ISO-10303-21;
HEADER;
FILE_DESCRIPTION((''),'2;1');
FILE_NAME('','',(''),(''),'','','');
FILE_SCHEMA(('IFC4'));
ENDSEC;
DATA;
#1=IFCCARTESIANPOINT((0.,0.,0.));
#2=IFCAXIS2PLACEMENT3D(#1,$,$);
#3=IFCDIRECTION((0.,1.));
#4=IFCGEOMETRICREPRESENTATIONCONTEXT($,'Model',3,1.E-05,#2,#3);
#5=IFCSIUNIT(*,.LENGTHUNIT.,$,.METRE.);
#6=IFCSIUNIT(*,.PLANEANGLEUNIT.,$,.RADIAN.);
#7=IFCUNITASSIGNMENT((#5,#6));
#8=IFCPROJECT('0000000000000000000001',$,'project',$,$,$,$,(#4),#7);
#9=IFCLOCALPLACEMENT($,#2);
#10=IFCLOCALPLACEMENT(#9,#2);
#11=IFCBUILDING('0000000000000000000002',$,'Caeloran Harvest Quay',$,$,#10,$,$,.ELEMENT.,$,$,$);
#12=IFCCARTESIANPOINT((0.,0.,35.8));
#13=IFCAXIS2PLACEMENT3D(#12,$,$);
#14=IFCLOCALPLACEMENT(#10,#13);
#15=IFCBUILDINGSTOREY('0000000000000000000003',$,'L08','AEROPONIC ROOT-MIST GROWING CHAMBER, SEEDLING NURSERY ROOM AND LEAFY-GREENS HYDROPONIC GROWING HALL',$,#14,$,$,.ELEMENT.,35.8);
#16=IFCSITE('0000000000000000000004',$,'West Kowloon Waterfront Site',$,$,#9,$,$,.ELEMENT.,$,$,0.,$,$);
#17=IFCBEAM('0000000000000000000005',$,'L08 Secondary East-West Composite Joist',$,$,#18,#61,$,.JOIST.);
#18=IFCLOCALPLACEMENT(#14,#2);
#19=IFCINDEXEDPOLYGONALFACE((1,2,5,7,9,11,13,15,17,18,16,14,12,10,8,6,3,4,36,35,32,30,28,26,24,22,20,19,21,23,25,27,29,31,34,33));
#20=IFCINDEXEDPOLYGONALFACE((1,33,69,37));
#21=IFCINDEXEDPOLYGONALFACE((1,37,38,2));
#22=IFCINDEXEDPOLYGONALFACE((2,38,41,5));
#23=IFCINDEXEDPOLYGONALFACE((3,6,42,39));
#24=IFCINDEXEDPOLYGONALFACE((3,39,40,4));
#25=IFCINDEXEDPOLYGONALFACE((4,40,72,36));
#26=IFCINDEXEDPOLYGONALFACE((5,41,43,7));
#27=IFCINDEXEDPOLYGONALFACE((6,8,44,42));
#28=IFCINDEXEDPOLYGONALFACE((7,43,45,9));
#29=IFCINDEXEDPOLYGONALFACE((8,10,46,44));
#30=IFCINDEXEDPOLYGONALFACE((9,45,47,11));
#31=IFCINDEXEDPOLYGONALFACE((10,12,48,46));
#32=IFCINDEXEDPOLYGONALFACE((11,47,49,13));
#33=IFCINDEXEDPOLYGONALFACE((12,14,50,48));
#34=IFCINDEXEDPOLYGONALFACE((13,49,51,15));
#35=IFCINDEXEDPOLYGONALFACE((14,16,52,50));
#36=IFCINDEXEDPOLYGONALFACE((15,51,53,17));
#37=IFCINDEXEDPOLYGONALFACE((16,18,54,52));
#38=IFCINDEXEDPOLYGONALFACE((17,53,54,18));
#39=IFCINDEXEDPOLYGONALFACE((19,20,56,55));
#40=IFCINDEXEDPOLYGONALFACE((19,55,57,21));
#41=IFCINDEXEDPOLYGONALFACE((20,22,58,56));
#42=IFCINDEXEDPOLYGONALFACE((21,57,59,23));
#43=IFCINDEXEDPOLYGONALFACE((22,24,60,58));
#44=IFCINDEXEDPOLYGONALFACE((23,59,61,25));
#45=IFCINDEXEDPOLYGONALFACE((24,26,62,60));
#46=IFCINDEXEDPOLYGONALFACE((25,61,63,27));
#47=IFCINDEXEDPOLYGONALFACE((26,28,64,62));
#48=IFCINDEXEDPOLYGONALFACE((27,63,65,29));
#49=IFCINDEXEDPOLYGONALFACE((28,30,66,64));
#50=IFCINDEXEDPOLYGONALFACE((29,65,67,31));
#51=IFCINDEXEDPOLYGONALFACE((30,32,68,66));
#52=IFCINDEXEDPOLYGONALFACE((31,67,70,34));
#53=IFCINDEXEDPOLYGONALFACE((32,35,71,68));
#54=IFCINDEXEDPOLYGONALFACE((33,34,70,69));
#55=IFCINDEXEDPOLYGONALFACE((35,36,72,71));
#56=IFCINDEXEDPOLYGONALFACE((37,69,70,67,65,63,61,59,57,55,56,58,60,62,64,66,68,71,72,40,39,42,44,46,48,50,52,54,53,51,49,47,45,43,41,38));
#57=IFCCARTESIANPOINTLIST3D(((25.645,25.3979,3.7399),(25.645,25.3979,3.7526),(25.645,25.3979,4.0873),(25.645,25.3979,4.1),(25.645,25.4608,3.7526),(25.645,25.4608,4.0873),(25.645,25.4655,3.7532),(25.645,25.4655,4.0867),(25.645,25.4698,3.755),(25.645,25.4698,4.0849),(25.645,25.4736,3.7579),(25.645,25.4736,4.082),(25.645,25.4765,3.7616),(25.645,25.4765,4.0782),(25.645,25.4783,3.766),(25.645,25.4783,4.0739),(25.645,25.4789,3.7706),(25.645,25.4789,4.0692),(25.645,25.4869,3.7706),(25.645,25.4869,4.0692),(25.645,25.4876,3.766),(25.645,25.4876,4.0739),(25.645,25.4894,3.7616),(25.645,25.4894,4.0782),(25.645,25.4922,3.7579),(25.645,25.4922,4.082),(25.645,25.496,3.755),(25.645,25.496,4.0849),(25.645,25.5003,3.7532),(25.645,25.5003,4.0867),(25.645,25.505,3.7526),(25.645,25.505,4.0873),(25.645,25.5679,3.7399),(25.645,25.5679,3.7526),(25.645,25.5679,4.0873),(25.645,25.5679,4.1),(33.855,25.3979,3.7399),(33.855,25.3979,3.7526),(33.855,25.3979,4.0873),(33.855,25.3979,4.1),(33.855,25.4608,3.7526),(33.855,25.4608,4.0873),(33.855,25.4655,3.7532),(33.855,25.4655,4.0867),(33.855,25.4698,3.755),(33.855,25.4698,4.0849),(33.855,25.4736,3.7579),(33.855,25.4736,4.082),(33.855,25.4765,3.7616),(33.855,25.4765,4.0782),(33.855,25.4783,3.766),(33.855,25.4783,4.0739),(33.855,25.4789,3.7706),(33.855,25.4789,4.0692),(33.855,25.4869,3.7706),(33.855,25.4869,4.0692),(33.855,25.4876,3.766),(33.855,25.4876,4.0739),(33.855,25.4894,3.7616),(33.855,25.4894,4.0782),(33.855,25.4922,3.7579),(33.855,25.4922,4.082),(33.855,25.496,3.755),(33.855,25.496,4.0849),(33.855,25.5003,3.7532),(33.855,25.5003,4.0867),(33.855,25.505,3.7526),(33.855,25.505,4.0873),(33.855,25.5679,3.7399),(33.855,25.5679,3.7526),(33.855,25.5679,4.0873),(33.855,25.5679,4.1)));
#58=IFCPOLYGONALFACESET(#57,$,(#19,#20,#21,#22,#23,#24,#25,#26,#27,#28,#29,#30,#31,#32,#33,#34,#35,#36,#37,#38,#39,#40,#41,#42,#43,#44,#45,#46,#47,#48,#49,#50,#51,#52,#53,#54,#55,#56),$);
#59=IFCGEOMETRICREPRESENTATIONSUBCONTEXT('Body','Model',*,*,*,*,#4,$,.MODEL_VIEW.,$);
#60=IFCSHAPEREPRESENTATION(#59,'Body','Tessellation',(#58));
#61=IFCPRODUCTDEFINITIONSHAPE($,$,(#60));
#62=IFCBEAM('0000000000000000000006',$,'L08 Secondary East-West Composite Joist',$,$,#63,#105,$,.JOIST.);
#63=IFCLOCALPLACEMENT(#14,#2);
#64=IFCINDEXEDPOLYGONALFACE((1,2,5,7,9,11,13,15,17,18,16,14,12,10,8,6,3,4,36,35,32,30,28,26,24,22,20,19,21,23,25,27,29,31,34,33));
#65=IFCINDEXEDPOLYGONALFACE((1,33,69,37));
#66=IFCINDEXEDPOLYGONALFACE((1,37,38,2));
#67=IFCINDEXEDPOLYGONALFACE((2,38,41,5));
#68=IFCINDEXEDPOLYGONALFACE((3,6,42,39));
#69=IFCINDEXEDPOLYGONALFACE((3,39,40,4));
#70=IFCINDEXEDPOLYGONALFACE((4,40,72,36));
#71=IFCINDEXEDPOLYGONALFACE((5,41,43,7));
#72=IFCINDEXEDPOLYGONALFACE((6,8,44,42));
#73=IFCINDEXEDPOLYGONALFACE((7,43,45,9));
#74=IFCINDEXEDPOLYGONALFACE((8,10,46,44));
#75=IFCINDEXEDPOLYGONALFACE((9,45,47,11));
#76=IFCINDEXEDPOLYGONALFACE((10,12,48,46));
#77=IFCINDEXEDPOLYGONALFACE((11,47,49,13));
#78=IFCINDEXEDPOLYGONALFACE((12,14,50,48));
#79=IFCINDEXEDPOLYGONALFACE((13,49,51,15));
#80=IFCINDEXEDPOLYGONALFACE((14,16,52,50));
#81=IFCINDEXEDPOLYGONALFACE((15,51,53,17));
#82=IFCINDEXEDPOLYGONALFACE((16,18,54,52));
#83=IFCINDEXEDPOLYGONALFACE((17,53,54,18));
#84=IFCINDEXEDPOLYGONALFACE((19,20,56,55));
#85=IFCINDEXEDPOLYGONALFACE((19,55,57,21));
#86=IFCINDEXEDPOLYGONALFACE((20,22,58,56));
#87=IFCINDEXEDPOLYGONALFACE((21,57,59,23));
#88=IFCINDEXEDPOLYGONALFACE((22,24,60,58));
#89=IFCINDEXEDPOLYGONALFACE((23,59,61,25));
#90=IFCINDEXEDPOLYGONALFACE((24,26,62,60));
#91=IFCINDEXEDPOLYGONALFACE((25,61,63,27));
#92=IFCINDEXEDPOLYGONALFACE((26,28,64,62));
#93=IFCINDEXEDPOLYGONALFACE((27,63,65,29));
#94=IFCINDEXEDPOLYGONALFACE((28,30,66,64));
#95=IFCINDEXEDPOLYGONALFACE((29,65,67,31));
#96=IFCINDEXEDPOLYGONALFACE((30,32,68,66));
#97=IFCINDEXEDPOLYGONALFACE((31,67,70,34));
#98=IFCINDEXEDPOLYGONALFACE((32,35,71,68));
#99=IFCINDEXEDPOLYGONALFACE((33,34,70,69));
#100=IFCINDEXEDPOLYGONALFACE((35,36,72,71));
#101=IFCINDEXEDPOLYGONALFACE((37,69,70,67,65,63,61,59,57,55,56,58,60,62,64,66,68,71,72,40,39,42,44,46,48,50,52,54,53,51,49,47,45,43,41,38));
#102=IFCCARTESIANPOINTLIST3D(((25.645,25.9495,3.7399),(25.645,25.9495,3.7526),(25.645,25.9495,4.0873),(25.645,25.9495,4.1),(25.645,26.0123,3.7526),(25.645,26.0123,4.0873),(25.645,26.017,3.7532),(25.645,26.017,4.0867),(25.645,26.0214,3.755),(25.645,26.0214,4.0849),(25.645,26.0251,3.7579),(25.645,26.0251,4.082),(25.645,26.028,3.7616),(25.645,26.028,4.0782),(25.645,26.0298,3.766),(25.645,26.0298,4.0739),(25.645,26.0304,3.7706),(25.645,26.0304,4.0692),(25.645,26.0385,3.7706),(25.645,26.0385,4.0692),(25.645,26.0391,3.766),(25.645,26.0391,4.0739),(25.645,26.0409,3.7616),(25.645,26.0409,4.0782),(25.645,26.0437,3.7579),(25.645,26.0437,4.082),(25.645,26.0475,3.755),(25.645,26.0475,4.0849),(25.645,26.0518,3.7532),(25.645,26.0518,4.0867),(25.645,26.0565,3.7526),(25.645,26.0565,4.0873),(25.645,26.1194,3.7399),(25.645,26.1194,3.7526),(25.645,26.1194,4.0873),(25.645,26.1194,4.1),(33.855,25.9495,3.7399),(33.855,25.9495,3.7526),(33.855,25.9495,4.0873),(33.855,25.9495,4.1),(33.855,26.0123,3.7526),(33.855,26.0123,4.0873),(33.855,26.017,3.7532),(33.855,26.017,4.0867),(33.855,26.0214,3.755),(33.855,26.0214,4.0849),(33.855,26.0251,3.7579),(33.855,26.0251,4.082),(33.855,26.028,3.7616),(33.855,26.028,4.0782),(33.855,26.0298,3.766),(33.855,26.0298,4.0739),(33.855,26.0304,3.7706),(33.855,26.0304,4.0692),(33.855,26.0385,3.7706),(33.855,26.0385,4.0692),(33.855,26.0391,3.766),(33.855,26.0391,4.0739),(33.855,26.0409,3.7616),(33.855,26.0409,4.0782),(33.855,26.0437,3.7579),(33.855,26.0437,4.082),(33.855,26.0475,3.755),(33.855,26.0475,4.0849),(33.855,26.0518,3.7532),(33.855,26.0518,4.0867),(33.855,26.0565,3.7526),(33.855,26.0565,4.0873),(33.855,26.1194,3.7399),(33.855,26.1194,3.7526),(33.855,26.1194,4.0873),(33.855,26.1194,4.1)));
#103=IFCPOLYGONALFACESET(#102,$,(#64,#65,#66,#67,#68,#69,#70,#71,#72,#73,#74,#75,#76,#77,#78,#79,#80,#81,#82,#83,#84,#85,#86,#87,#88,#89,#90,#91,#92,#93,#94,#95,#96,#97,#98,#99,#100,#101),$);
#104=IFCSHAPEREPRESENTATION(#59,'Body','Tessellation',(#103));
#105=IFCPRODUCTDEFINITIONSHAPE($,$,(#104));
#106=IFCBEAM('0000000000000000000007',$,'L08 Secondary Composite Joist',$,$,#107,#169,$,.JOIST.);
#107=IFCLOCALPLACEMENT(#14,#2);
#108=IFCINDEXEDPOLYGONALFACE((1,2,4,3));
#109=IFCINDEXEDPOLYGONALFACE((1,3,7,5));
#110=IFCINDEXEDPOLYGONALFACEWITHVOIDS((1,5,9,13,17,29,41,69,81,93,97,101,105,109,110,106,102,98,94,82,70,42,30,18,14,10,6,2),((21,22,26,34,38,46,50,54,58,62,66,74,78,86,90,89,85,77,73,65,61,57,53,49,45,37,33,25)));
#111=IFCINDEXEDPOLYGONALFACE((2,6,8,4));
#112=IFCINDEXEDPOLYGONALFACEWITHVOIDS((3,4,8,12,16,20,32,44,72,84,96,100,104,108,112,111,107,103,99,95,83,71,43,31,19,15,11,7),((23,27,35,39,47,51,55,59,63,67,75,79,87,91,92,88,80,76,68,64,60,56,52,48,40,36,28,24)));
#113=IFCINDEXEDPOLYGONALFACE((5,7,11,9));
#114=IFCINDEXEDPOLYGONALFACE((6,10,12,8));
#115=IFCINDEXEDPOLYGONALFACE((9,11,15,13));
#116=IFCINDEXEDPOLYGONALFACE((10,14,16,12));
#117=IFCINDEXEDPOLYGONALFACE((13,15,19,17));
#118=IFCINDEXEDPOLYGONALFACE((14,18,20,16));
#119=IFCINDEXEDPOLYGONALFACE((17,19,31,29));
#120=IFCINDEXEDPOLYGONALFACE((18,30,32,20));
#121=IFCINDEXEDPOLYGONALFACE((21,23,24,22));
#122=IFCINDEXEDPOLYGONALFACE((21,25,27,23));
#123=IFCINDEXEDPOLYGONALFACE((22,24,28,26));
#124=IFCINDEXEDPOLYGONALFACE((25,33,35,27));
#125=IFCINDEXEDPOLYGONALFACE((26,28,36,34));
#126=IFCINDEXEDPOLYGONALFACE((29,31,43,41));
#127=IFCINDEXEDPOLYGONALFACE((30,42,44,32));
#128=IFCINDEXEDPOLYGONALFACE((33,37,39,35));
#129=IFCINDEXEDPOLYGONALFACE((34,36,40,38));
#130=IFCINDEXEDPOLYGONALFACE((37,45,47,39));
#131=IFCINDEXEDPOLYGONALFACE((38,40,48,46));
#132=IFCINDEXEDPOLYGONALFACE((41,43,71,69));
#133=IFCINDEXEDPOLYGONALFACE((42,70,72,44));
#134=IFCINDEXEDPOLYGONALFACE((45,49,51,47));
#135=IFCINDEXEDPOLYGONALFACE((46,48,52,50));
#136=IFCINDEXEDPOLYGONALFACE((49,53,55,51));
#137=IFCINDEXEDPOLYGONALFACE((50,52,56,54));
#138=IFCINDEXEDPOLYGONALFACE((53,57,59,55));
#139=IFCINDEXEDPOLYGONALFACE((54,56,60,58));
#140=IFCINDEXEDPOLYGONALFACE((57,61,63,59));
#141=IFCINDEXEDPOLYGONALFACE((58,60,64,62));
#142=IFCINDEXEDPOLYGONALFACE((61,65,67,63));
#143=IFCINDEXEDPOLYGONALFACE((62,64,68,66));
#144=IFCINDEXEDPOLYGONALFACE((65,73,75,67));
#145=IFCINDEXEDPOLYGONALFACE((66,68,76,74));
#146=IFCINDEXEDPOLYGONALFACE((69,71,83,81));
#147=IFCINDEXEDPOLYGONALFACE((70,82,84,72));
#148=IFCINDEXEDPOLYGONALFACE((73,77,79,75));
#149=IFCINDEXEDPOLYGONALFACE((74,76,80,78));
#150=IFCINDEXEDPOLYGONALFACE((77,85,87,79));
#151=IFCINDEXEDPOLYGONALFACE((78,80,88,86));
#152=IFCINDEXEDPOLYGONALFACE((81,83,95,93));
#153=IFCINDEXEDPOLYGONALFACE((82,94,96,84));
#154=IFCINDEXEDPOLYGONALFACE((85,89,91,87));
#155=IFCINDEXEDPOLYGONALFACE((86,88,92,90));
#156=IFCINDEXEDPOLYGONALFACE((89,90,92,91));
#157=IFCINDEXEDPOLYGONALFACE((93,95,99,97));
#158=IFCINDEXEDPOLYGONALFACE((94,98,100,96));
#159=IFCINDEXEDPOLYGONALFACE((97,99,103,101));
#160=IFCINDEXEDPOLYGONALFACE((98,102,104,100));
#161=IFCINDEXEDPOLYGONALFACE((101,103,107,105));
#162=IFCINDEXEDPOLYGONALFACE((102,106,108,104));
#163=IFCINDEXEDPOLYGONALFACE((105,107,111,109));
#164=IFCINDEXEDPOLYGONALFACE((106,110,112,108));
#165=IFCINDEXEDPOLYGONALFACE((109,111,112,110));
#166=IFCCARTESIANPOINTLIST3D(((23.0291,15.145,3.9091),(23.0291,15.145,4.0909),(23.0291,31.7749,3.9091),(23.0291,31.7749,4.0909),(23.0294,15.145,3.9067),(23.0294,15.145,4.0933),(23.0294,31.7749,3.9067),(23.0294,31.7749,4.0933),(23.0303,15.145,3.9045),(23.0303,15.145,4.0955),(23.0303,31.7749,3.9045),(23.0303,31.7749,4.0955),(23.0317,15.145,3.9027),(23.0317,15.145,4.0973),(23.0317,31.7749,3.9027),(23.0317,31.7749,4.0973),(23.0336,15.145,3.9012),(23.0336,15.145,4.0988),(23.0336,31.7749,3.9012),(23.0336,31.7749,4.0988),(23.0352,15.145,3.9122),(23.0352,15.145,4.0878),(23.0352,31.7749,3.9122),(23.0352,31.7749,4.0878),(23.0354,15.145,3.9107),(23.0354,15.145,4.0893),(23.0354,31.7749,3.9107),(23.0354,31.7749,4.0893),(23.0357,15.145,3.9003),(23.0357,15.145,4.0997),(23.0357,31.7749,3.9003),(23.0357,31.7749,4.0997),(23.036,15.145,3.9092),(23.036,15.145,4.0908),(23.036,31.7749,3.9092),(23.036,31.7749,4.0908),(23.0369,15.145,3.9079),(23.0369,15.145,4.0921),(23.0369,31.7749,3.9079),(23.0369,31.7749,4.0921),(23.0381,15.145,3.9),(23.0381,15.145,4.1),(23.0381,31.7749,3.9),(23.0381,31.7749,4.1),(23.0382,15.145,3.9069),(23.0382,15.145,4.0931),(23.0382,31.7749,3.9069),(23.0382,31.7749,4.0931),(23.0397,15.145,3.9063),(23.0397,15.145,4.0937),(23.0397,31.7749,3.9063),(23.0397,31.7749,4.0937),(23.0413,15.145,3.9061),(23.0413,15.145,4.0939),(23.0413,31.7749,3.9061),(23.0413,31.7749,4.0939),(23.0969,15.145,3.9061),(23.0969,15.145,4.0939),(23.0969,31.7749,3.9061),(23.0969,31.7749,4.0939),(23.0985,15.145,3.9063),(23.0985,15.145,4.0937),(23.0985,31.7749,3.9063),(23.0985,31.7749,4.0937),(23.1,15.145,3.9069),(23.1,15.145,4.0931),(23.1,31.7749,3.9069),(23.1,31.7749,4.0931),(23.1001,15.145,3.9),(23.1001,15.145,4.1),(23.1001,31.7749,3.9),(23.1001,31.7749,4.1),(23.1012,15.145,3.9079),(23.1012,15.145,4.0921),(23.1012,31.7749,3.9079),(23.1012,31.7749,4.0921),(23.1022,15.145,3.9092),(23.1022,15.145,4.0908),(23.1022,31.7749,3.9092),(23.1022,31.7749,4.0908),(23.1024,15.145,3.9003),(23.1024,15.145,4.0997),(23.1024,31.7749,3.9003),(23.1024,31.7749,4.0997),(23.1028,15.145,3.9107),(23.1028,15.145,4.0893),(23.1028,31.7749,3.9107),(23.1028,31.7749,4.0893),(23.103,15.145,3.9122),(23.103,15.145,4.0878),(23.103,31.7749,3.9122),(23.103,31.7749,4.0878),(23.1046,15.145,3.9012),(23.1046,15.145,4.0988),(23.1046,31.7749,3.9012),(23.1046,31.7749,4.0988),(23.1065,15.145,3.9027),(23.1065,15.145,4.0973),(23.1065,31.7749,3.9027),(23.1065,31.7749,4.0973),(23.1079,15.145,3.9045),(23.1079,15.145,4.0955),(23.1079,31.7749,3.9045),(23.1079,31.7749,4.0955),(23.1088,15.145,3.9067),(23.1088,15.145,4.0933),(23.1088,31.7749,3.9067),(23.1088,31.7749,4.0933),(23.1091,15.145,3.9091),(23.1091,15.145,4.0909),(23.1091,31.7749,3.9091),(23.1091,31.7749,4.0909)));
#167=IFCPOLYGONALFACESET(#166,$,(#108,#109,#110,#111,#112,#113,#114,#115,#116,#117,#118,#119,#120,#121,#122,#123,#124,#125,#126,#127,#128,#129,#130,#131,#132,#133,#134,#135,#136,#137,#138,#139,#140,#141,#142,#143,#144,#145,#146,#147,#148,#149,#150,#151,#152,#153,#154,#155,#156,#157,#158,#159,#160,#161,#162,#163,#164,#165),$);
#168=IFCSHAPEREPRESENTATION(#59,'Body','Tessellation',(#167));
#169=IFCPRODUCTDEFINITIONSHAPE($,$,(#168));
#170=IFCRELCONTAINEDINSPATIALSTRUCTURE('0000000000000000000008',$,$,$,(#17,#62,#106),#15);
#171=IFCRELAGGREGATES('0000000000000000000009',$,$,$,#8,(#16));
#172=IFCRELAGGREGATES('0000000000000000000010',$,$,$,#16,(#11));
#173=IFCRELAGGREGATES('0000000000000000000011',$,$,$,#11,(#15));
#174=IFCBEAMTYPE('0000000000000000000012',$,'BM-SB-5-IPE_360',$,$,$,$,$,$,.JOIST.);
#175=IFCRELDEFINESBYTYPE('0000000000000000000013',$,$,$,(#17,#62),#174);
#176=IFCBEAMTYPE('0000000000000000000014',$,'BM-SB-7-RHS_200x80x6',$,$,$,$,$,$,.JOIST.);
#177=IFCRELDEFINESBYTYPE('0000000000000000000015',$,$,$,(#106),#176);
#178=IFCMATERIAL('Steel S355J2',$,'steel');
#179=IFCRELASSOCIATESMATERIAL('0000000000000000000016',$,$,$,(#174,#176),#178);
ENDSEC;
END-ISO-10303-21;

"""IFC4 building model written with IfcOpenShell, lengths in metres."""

from ifc_helpers import new_model, si_unit, direction, frame, origin, origin_2d, place, context, subcontext, project, spatial, hollow_rectangle, i_section, extrude, material, material_profile, profile_set, type_object, element, save


model = new_model("IFC4")

# Units and contexts
model_context = context("Model", 3, precision=1e-05, world=origin(), true_north=direction((0.0, 1.0)))
body_context = subcontext(model_context, "Body", "Model", "MODEL_VIEW")
ifc_project = project(units=[si_unit("LENGTHUNIT", "METRE"), si_unit("PLANEANGLEUNIT", "RADIAN")], contexts=[model_context])

# Site, building, storey
site_placement = place(None, origin())
site = spatial("IfcSite", under=ifc_project, at=site_placement, Name="West Kowloon Waterfront Site", CompositionType="ELEMENT", RefElevation=0.0)
building_placement = place(site_placement, origin())
building = spatial("IfcBuilding", under=site, at=building_placement, Name="Caeloran Harvest Quay", CompositionType="ELEMENT")
storey_placement = place(building_placement, frame((0.0, 0.0, 35.8)))
storey = spatial("IfcBuildingStorey", under=building, at=storey_placement, Name="L08", Description="AEROPONIC ROOT-MIST GROWING CHAMBER, SEEDLING NURSERY ROOM AND LEAFY-GREENS HYDROPONIC GROWING HALL", CompositionType="ELEMENT", Elevation=35.8)

# Beams
ifc_material_1 = material(Name="Steel S355J2", Category="steel")
ifc_material_profile_1 = material_profile(ifc_material_1, i_section(OverallWidth=0.1699, OverallDepth=0.3601, WebThickness=0.0081, FlangeThickness=0.0127, FilletRadius=0.0181, at=origin_2d()), Name="IPE 360")
ifc_profile_set_1 = profile_set([ifc_material_profile_1], Name="Steel S355J2")
beam_type_1 = type_object("IfcBeamType", Name="BM-SB-5-IPE_360", PredefinedType="JOIST", material=ifc_profile_set_1)
for number, where, z_axis, x_axis, name in (
    (1, (25.645, 25.4829, 3.9199), (1.0, 0.0, 0.0), (0.0, 1.0, 0.0), "L08 Secondary East-West Composite Joist"),
    (2, (25.645, 26.0344, 3.9199), (1.0, 0.0, 0.0), (0.0, 1.0, 0.0), "L08 Secondary East-West Composite Joist"),
):
    element("IfcBeam", number, at=place(storey_placement, frame(where, z_axis=z_axis, x_axis=x_axis)), inside=storey, type_object=beam_type_1, Name=name, PredefinedType="JOIST", context=body_context, shape_type="SweptSolid", body=[
        extrude(i_section(OverallWidth=0.1699, OverallDepth=0.3601, WebThickness=0.0081, FlangeThickness=0.0127, FilletRadius=0.0181, at=origin_2d()), origin(), (0.0, 0.0, 1.0), 8.21),
    ])
ifc_material_profile_2 = material_profile(ifc_material_1, hollow_rectangle(XDim=0.0801, YDim=0.2, WallThickness=0.0061, InnerFilletRadius=0.0061, OuterFilletRadius=0.009, at=origin_2d()), Name="RHS 200x80x6")
ifc_profile_set_2 = profile_set([ifc_material_profile_2], Name="Steel S355J2")
beam_type_2 = type_object("IfcBeamType", Name="BM-SB-7-RHS_200x80x6", PredefinedType="JOIST", material=ifc_profile_set_2)
for number, where, z_axis, x_axis, name in (
    (3, (23.0691, 15.145, 4.0), (0.0, 1.0, 0.0), (-1.0, 0.0, 0.0), "L08 Secondary Composite Joist"),
):
    element("IfcBeam", number, at=place(storey_placement, frame(where, z_axis=z_axis, x_axis=x_axis)), inside=storey, type_object=beam_type_2, Name=name, PredefinedType="JOIST", context=body_context, shape_type="SweptSolid", body=[
        extrude(hollow_rectangle(XDim=0.0801, YDim=0.2, WallThickness=0.0061, InnerFilletRadius=0.0061, OuterFilletRadius=0.009, at=origin_2d()), origin(), (0.0, 0.0, 1.0), 16.6299),
    ])

save(model, "model.ifc")
